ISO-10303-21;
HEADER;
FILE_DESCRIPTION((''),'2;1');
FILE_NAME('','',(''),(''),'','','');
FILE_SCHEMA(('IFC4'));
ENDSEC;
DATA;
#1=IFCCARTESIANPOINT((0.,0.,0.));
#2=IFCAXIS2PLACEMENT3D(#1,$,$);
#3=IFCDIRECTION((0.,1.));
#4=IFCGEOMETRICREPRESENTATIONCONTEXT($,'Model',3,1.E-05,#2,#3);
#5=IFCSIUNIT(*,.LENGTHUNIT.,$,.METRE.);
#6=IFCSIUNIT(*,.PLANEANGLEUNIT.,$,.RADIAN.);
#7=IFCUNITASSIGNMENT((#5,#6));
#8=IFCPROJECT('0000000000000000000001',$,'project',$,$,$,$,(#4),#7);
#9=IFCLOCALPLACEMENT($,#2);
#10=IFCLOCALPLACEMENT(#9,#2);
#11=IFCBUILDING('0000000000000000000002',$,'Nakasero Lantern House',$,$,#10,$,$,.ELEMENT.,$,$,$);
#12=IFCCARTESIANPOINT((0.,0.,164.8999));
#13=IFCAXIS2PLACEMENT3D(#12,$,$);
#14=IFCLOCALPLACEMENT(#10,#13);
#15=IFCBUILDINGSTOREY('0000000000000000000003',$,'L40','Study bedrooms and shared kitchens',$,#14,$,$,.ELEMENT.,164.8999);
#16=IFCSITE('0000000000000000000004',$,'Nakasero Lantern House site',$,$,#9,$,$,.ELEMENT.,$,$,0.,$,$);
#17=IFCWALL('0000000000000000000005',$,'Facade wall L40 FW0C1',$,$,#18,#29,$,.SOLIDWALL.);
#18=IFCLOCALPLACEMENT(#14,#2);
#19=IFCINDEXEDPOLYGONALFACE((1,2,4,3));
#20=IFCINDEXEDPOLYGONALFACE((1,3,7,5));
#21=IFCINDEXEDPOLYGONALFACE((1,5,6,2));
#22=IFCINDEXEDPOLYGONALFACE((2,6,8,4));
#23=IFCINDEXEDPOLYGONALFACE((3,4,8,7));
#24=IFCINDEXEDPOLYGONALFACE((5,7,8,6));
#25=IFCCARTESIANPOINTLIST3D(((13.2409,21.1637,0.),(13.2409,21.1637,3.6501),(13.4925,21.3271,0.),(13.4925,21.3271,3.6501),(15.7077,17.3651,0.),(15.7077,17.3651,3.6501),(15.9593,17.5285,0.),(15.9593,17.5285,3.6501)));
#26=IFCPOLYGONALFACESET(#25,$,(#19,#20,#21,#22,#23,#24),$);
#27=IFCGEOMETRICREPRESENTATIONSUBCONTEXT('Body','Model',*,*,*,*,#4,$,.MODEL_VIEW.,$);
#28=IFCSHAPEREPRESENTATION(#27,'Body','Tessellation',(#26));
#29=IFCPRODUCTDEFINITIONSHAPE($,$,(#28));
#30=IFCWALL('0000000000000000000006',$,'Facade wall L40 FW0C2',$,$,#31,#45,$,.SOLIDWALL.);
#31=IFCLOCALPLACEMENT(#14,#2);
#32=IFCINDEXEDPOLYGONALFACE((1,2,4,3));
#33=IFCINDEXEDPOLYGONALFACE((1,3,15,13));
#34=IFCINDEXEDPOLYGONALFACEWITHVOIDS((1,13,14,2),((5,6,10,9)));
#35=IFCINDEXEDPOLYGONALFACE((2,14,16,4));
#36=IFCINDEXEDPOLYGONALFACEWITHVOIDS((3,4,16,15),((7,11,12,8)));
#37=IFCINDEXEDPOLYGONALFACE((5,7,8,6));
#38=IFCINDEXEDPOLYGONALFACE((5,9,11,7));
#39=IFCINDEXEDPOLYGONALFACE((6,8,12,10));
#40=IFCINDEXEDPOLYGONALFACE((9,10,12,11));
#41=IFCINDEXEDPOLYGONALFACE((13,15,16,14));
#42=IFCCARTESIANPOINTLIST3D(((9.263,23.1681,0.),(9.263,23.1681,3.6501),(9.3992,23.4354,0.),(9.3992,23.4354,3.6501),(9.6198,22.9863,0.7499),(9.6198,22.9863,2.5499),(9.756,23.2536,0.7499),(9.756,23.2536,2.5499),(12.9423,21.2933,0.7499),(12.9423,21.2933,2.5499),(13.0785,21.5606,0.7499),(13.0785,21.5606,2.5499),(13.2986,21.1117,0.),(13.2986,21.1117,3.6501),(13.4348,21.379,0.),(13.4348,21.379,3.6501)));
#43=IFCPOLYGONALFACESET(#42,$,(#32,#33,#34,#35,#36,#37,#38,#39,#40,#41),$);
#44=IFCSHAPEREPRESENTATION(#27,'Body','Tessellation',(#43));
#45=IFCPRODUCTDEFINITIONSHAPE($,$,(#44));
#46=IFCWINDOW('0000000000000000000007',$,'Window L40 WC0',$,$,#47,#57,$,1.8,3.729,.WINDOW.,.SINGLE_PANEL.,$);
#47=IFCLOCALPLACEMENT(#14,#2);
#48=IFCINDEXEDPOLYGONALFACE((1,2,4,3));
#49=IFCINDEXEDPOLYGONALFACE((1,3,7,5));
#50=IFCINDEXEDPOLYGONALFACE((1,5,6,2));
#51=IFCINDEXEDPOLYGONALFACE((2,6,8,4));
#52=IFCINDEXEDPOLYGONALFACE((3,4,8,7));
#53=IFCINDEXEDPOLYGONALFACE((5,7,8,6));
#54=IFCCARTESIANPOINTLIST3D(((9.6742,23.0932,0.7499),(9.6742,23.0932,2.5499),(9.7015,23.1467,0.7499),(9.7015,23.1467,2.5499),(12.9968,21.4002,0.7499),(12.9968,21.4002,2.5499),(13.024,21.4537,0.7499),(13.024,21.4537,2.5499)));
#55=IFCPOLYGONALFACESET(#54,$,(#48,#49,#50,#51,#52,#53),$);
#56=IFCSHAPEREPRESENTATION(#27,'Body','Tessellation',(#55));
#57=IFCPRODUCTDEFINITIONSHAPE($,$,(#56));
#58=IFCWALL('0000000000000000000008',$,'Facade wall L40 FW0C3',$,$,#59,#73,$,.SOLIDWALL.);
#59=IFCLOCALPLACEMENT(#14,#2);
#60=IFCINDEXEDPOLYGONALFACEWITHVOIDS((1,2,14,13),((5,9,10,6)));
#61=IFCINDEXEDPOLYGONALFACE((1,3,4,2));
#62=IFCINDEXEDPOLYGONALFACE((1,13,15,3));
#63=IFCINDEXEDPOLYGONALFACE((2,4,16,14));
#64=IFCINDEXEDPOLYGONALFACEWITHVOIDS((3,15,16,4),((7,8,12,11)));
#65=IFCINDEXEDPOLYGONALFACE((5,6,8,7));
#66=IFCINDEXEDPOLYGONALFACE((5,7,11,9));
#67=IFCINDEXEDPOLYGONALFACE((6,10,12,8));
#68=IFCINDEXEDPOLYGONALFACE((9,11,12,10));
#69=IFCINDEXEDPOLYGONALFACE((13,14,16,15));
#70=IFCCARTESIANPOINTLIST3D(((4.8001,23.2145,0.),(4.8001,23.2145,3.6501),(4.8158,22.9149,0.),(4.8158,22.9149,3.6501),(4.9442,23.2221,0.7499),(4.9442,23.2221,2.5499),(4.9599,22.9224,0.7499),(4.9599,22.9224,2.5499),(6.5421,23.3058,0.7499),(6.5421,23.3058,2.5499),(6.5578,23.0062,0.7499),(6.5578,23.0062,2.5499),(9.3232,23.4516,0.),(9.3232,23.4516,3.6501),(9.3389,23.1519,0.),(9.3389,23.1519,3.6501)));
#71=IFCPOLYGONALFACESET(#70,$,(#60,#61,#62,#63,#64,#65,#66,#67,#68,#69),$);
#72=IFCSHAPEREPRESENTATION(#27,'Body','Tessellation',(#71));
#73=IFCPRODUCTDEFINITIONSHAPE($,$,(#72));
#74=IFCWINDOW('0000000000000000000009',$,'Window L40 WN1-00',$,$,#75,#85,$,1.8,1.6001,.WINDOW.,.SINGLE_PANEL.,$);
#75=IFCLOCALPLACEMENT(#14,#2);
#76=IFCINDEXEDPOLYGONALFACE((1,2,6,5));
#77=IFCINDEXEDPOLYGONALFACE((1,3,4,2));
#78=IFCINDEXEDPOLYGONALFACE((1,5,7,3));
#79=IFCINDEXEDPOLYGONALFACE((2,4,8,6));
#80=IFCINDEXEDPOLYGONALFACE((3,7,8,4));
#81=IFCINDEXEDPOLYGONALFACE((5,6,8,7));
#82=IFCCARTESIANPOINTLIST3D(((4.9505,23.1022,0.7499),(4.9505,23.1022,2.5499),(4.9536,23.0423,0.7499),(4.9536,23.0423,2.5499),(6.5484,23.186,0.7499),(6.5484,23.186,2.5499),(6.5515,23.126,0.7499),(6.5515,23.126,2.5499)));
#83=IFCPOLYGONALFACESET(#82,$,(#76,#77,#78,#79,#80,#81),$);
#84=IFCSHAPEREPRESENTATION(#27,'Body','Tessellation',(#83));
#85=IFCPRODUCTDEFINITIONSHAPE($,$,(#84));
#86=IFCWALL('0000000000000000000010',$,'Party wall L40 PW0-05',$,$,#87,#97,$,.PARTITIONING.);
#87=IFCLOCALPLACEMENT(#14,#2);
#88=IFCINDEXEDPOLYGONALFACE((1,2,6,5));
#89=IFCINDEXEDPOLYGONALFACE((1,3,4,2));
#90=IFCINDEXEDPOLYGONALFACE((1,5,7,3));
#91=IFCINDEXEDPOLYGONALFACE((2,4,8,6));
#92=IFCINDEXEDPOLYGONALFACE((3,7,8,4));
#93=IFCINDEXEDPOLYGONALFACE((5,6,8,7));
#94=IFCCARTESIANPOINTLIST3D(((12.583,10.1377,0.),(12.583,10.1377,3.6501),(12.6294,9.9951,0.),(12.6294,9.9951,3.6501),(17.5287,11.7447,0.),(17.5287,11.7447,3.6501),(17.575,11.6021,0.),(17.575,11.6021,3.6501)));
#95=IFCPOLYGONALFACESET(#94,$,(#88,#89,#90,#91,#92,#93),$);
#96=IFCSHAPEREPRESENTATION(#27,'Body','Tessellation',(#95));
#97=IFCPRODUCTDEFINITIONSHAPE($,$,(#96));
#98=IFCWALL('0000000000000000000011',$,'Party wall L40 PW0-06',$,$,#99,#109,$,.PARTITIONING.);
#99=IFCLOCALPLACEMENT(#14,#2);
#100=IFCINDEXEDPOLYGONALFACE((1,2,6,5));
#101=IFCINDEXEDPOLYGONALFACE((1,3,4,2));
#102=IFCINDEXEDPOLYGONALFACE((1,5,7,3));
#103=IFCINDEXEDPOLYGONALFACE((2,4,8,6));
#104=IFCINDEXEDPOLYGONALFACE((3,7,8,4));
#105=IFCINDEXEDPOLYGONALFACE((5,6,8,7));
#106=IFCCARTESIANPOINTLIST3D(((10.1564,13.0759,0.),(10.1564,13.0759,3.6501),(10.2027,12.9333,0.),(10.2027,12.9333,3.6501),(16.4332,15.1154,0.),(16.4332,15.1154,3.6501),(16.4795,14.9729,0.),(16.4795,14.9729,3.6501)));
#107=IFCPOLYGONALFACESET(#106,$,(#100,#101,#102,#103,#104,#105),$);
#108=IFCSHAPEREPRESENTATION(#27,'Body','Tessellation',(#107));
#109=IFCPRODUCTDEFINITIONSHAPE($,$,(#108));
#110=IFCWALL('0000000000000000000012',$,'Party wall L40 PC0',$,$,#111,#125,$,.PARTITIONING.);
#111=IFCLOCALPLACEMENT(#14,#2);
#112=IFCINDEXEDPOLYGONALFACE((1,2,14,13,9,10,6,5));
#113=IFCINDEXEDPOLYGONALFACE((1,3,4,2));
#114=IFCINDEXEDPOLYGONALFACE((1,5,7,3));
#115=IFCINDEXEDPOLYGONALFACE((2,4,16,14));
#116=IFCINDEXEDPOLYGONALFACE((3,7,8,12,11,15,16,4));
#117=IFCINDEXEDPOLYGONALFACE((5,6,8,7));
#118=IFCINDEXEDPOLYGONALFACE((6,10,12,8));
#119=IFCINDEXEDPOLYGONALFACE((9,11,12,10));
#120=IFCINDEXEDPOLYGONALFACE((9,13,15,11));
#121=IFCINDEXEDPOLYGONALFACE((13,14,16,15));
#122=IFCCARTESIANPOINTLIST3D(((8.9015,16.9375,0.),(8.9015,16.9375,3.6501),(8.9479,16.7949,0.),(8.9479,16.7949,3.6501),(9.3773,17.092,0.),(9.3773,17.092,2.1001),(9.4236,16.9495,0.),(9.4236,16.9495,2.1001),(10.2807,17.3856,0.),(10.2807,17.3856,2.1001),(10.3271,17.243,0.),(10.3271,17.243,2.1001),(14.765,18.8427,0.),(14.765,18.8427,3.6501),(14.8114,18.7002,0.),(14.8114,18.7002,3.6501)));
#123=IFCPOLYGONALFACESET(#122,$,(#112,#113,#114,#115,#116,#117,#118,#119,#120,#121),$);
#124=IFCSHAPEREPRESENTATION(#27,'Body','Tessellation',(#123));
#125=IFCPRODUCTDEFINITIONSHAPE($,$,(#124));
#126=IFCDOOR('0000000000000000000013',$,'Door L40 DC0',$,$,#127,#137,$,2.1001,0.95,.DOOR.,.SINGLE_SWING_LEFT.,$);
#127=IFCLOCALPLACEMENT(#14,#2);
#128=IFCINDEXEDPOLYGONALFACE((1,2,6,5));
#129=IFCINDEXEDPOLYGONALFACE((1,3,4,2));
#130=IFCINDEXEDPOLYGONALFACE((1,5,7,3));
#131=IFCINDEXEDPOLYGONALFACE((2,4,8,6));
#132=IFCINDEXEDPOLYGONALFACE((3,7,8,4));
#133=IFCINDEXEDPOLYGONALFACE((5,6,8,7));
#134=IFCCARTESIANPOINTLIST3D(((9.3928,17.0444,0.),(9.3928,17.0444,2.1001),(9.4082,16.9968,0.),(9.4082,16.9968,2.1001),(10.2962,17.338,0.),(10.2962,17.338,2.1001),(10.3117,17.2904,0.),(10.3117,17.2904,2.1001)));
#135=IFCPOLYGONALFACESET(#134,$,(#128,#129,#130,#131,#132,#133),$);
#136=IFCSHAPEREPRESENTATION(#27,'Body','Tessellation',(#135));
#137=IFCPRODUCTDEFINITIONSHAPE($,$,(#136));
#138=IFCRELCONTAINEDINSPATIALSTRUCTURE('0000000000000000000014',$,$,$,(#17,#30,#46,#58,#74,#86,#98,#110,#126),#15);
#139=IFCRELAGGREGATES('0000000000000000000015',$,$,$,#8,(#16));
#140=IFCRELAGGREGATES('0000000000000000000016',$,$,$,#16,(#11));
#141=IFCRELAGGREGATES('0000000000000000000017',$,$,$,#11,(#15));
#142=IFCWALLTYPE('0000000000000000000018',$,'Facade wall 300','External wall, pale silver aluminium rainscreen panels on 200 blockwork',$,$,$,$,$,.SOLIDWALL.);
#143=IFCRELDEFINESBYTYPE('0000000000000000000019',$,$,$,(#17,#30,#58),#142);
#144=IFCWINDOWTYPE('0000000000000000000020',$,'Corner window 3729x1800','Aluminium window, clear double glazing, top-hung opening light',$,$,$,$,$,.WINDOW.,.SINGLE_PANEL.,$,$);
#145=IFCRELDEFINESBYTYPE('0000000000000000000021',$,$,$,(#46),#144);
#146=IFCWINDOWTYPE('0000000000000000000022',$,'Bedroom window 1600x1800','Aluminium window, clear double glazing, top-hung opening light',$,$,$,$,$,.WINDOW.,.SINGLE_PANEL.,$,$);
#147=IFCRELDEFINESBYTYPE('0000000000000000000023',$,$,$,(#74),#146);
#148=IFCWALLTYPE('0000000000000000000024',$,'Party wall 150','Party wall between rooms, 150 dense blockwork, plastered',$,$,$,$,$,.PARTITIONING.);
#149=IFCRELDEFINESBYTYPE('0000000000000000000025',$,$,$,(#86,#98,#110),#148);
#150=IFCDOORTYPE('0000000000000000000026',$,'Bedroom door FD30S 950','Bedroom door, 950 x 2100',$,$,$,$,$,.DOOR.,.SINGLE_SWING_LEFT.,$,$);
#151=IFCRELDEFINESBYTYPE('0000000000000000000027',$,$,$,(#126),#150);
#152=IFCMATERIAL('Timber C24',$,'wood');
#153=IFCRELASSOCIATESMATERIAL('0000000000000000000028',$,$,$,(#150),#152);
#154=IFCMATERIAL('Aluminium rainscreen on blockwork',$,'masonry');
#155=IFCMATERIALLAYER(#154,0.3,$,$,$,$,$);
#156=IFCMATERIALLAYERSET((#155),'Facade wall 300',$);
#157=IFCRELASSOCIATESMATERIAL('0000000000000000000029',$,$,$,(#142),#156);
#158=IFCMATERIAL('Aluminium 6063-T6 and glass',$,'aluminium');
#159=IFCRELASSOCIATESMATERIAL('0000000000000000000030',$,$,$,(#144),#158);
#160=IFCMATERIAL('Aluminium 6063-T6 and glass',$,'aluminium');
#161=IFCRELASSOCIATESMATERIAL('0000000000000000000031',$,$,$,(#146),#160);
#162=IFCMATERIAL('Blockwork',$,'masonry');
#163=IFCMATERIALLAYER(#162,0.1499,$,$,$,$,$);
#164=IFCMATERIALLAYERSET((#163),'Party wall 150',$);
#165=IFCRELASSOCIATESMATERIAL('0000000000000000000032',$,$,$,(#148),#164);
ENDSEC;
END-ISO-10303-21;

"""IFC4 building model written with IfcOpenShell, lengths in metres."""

from ifc_helpers import new_model, si_unit, direction, frame, frame_2d, origin, place, context, subcontext, project, spatial, rectangle, extrude, material, layer, layer_set, type_object, element, fill, save


model = new_model("IFC4")

# Units and contexts
model_context = context("Model", 3, precision=1e-05, world=origin(), true_north=direction((0.0, 1.0)))
body_context = subcontext(model_context, "Body", "Model", "MODEL_VIEW")
ifc_project = project(units=[si_unit("LENGTHUNIT", "METRE"), si_unit("PLANEANGLEUNIT", "RADIAN")], contexts=[model_context])

# Site, building, storey
site_placement = place(None, origin())
site = spatial("IfcSite", under=ifc_project, at=site_placement, Name="Nakasero Lantern House site", CompositionType="ELEMENT", RefElevation=0.0)
building_placement = place(site_placement, origin())
building = spatial("IfcBuilding", under=site, at=building_placement, Name="Nakasero Lantern House", CompositionType="ELEMENT")
storey_placement = place(building_placement, frame((0.0, 0.0, 164.8999)))
storey = spatial("IfcBuildingStorey", under=building, at=storey_placement, Name="L40", Description="Study bedrooms and shared kitchens", CompositionType="ELEMENT", Elevation=164.8999)

# Shared definitions
ifc_material_1 = material(Name="Timber C24", Category="wood")
door_type_1 = type_object("IfcDoorType", Name="Bedroom door FD30S 950", Description="Bedroom door, 950 x 2100", OperationType="SINGLE_SWING_LEFT", PredefinedType="DOOR", material=ifc_material_1)

# Wall
ifc_material_2 = material(Name="Aluminium rainscreen on blockwork", Category="masonry")
ifc_layer_1 = layer(ifc_material_2, 0.3)
ifc_layer_set_1 = layer_set([ifc_layer_1], Name="Facade wall 300")
wall_type_1 = type_object("IfcWallType", Name="Facade wall 300", Description="External wall, pale silver aluminium rainscreen panels on 200 blockwork", PredefinedType="SOLIDWALL", material=ifc_layer_set_1)
wall_1_placement = place(storey_placement, frame((15.8335, 17.4468, 0.0), z_axis=(0.0, 0.0, 1.0), x_axis=(-0.544634, 0.838674, 0.0)))
element("IfcWall", 1, at=wall_1_placement, inside=storey, type_object=wall_type_1, Name="Facade wall L40 FW0C1", PredefinedType="SOLIDWALL", context=body_context, shape_type="SweptSolid", body=[
    extrude(rectangle(XDim=4.5293, YDim=0.3, at=frame_2d((2.2646, 0.0))), origin(), (0.0, 0.0, 1.0), 3.6501),
])

# Walls, openings, windows
wall_2_placement = place(storey_placement, frame((13.3667, 21.2454, 0.0), z_axis=(0.0, 0.0, 1.0), x_axis=(-0.890995, 0.454014, 0.0)))
wall_2 = element("IfcWall", 2, at=wall_2_placement, inside=storey, type_object=wall_type_1, Name="Facade wall L40 FW0C2", PredefinedType="SOLIDWALL", context=body_context, shape_type="SweptSolid", body=[
    extrude(rectangle(XDim=4.5293, YDim=0.3, at=frame_2d((2.2646, 0.0))), origin(), (0.0, 0.0, 1.0), 3.6501),
])
opening_1_placement = place(wall_2_placement, frame((0.3999, 0.0, 0.75)))
opening_1 = element("IfcOpeningElement", 3, at=opening_1_placement, cuts=wall_2, PredefinedType="OPENING", context=body_context, shape_type="SweptSolid", body=[
    extrude(rectangle(XDim=3.729, YDim=1.8, at=frame_2d((1.8645, 0.8999))), frame((0.0, 0.1699, 0.0), z_axis=(0.0, -1.0, 0.0), x_axis=(1.0, 0.0, 0.0)), (0.0, 0.0, 1.0), 0.3401),
])
ifc_material_3 = material(Name="Aluminium 6063-T6 and glass", Category="aluminium")
window_type_1 = type_object("IfcWindowType", Name="Corner window 3729x1800", Description="Aluminium window, clear double glazing, top-hung opening light", PartitioningType="SINGLE_PANEL", PredefinedType="WINDOW", material=ifc_material_3)
window_1_placement = place(opening_1_placement, origin())
window_1 = element("IfcWindow", 4, at=window_1_placement, inside=storey, type_object=window_type_1, Name="Window L40 WC0", OverallHeight=1.8, OverallWidth=3.729, PartitioningType="SINGLE_PANEL", PredefinedType="WINDOW", context=body_context, shape_type="SweptSolid", body=[
    extrude(rectangle(XDim=3.729, YDim=1.8, at=frame_2d((1.8645, 0.8999))), frame((0.0, 0.03, 0.0), z_axis=(0.0, -1.0, 0.0), x_axis=(1.0, 0.0, 0.0)), (0.0, 0.0, 1.0), 0.0601),
])
fill(opening_1, window_1)
wall_3_placement = place(storey_placement, frame((9.3311, 23.3018, 0.0), z_axis=(0.0, 0.0, 1.0), x_axis=(-0.998629, -0.052338, 0.0)))
wall_3 = element("IfcWall", 5, at=wall_3_placement, inside=storey, type_object=wall_type_1, Name="Facade wall L40 FW0C3", PredefinedType="SOLIDWALL", context=body_context, shape_type="SweptSolid", body=[
    extrude(rectangle(XDim=4.5293, YDim=0.3, at=frame_2d((2.2646, 0.0))), origin(), (0.0, 0.0, 1.0), 3.6501),
])
opening_2_placement = place(wall_3_placement, frame((2.7849, 0.0, 0.75)))
opening_2 = element("IfcOpeningElement", 6, at=opening_2_placement, cuts=wall_3, PredefinedType="OPENING", context=body_context, shape_type="SweptSolid", body=[
    extrude(rectangle(XDim=1.6001, YDim=1.8, at=frame_2d((0.8, 0.8999))), frame((0.0, 0.1699, 0.0), z_axis=(0.0, -1.0, 0.0), x_axis=(1.0, 0.0, 0.0)), (0.0, 0.0, 1.0), 0.3401),
])
ifc_material_4 = material(Name="Aluminium 6063-T6 and glass", Category="aluminium")
window_type_2 = type_object("IfcWindowType", Name="Bedroom window 1600x1800", Description="Aluminium window, clear double glazing, top-hung opening light", PartitioningType="SINGLE_PANEL", PredefinedType="WINDOW", material=ifc_material_4)
window_2_placement = place(opening_2_placement, origin())
window_2 = element("IfcWindow", 7, at=window_2_placement, inside=storey, type_object=window_type_2, Name="Window L40 WN1-00", OverallHeight=1.8, OverallWidth=1.6001, PartitioningType="SINGLE_PANEL", PredefinedType="WINDOW", context=body_context, shape_type="SweptSolid", body=[
    extrude(rectangle(XDim=1.6001, YDim=1.8, at=frame_2d((0.8, 0.8999))), frame((0.0, 0.03, 0.0), z_axis=(0.0, -1.0, 0.0), x_axis=(1.0, 0.0, 0.0)), (0.0, 0.0, 1.0), 0.0601),
])
fill(opening_2, window_2)

# Walls
ifc_material_5 = material(Name="Blockwork", Category="masonry")
ifc_layer_2 = layer(ifc_material_5, 0.1499)
ifc_layer_set_2 = layer_set([ifc_layer_2], Name="Party wall 150")
wall_type_2 = type_object("IfcWallType", Name="Party wall 150", Description="Party wall between rooms, 150 dense blockwork, plastered", PredefinedType="PARTITIONING", material=ifc_layer_set_2)
wall_4_placement = place(storey_placement, frame((12.6062, 10.0664, 0.0), z_axis=(0.0, 0.0, 1.0), x_axis=(0.951055, 0.309021, 0.0)))
element("IfcWall", 8, at=wall_4_placement, inside=storey, type_object=wall_type_2, Name="Party wall L40 PW0-05", PredefinedType="PARTITIONING", context=body_context, shape_type="SweptSolid", body=[
    extrude(rectangle(XDim=5.2002, YDim=0.1499, at=frame_2d((2.6001, 0.0))), origin(), (0.0, 0.0, 1.0), 3.6501),
])
wall_5_placement = place(storey_placement, frame((10.1797, 13.0046, 0.0), z_axis=(0.0, 0.0, 1.0), x_axis=(0.951053, 0.309028, 0.0)))
element("IfcWall", 9, at=wall_5_placement, inside=storey, type_object=wall_type_2, Name="Party wall L40 PW0-06", PredefinedType="PARTITIONING", context=body_context, shape_type="SweptSolid", body=[
    extrude(rectangle(XDim=6.5999, YDim=0.1499, at=frame_2d((3.2998, 0.0))), origin(), (0.0, 0.0, 1.0), 3.6501),
])

# Wall, opening, door
wall_6_placement = place(storey_placement, frame((8.9248, 16.8662, 0.0), z_axis=(0.0, 0.0, 1.0), x_axis=(0.951052, 0.309031, 0.0)))
wall_6 = element("IfcWall", 10, at=wall_6_placement, inside=storey, type_object=wall_type_2, Name="Party wall L40 PC0", PredefinedType="PARTITIONING", context=body_context, shape_type="SweptSolid", body=[
    extrude(rectangle(XDim=6.1653, YDim=0.1499, at=frame_2d((3.0825, 0.0))), origin(), (0.0, 0.0, 1.0), 3.6501),
])
opening_3_placement = place(wall_6_placement, frame((0.5, 0.0, 0.0)))
opening_3 = element("IfcOpeningElement", 11, at=opening_3_placement, cuts=wall_6, PredefinedType="OPENING", context=body_context, shape_type="SweptSolid", body=[
    extrude(rectangle(XDim=0.95, YDim=2.1001, at=frame_2d((0.4751, 1.05))), frame((0.0, 0.095, 0.0), z_axis=(0.0, -1.0, 0.0), x_axis=(1.0, 0.0, 0.0)), (0.0, 0.0, 1.0), 0.1899),
])
door_1_placement = place(opening_3_placement, origin())
door_1 = element("IfcDoor", 12, at=door_1_placement, inside=storey, type_object=door_type_1, Name="Door L40 DC0", OperationType="SINGLE_SWING_LEFT", OverallHeight=2.1001, OverallWidth=0.95, PredefinedType="DOOR", context=body_context, shape_type="SweptSolid", body=[
    extrude(rectangle(XDim=0.95, YDim=2.1001, at=frame_2d((0.4751, 1.05))), frame((0.0, 0.0249, 0.0), z_axis=(0.0, -1.0, 0.0), x_axis=(1.0, 0.0, 0.0)), (0.0, 0.0, 1.0), 0.05),
])
fill(opening_3, door_1)

save(model, "model.ifc")
